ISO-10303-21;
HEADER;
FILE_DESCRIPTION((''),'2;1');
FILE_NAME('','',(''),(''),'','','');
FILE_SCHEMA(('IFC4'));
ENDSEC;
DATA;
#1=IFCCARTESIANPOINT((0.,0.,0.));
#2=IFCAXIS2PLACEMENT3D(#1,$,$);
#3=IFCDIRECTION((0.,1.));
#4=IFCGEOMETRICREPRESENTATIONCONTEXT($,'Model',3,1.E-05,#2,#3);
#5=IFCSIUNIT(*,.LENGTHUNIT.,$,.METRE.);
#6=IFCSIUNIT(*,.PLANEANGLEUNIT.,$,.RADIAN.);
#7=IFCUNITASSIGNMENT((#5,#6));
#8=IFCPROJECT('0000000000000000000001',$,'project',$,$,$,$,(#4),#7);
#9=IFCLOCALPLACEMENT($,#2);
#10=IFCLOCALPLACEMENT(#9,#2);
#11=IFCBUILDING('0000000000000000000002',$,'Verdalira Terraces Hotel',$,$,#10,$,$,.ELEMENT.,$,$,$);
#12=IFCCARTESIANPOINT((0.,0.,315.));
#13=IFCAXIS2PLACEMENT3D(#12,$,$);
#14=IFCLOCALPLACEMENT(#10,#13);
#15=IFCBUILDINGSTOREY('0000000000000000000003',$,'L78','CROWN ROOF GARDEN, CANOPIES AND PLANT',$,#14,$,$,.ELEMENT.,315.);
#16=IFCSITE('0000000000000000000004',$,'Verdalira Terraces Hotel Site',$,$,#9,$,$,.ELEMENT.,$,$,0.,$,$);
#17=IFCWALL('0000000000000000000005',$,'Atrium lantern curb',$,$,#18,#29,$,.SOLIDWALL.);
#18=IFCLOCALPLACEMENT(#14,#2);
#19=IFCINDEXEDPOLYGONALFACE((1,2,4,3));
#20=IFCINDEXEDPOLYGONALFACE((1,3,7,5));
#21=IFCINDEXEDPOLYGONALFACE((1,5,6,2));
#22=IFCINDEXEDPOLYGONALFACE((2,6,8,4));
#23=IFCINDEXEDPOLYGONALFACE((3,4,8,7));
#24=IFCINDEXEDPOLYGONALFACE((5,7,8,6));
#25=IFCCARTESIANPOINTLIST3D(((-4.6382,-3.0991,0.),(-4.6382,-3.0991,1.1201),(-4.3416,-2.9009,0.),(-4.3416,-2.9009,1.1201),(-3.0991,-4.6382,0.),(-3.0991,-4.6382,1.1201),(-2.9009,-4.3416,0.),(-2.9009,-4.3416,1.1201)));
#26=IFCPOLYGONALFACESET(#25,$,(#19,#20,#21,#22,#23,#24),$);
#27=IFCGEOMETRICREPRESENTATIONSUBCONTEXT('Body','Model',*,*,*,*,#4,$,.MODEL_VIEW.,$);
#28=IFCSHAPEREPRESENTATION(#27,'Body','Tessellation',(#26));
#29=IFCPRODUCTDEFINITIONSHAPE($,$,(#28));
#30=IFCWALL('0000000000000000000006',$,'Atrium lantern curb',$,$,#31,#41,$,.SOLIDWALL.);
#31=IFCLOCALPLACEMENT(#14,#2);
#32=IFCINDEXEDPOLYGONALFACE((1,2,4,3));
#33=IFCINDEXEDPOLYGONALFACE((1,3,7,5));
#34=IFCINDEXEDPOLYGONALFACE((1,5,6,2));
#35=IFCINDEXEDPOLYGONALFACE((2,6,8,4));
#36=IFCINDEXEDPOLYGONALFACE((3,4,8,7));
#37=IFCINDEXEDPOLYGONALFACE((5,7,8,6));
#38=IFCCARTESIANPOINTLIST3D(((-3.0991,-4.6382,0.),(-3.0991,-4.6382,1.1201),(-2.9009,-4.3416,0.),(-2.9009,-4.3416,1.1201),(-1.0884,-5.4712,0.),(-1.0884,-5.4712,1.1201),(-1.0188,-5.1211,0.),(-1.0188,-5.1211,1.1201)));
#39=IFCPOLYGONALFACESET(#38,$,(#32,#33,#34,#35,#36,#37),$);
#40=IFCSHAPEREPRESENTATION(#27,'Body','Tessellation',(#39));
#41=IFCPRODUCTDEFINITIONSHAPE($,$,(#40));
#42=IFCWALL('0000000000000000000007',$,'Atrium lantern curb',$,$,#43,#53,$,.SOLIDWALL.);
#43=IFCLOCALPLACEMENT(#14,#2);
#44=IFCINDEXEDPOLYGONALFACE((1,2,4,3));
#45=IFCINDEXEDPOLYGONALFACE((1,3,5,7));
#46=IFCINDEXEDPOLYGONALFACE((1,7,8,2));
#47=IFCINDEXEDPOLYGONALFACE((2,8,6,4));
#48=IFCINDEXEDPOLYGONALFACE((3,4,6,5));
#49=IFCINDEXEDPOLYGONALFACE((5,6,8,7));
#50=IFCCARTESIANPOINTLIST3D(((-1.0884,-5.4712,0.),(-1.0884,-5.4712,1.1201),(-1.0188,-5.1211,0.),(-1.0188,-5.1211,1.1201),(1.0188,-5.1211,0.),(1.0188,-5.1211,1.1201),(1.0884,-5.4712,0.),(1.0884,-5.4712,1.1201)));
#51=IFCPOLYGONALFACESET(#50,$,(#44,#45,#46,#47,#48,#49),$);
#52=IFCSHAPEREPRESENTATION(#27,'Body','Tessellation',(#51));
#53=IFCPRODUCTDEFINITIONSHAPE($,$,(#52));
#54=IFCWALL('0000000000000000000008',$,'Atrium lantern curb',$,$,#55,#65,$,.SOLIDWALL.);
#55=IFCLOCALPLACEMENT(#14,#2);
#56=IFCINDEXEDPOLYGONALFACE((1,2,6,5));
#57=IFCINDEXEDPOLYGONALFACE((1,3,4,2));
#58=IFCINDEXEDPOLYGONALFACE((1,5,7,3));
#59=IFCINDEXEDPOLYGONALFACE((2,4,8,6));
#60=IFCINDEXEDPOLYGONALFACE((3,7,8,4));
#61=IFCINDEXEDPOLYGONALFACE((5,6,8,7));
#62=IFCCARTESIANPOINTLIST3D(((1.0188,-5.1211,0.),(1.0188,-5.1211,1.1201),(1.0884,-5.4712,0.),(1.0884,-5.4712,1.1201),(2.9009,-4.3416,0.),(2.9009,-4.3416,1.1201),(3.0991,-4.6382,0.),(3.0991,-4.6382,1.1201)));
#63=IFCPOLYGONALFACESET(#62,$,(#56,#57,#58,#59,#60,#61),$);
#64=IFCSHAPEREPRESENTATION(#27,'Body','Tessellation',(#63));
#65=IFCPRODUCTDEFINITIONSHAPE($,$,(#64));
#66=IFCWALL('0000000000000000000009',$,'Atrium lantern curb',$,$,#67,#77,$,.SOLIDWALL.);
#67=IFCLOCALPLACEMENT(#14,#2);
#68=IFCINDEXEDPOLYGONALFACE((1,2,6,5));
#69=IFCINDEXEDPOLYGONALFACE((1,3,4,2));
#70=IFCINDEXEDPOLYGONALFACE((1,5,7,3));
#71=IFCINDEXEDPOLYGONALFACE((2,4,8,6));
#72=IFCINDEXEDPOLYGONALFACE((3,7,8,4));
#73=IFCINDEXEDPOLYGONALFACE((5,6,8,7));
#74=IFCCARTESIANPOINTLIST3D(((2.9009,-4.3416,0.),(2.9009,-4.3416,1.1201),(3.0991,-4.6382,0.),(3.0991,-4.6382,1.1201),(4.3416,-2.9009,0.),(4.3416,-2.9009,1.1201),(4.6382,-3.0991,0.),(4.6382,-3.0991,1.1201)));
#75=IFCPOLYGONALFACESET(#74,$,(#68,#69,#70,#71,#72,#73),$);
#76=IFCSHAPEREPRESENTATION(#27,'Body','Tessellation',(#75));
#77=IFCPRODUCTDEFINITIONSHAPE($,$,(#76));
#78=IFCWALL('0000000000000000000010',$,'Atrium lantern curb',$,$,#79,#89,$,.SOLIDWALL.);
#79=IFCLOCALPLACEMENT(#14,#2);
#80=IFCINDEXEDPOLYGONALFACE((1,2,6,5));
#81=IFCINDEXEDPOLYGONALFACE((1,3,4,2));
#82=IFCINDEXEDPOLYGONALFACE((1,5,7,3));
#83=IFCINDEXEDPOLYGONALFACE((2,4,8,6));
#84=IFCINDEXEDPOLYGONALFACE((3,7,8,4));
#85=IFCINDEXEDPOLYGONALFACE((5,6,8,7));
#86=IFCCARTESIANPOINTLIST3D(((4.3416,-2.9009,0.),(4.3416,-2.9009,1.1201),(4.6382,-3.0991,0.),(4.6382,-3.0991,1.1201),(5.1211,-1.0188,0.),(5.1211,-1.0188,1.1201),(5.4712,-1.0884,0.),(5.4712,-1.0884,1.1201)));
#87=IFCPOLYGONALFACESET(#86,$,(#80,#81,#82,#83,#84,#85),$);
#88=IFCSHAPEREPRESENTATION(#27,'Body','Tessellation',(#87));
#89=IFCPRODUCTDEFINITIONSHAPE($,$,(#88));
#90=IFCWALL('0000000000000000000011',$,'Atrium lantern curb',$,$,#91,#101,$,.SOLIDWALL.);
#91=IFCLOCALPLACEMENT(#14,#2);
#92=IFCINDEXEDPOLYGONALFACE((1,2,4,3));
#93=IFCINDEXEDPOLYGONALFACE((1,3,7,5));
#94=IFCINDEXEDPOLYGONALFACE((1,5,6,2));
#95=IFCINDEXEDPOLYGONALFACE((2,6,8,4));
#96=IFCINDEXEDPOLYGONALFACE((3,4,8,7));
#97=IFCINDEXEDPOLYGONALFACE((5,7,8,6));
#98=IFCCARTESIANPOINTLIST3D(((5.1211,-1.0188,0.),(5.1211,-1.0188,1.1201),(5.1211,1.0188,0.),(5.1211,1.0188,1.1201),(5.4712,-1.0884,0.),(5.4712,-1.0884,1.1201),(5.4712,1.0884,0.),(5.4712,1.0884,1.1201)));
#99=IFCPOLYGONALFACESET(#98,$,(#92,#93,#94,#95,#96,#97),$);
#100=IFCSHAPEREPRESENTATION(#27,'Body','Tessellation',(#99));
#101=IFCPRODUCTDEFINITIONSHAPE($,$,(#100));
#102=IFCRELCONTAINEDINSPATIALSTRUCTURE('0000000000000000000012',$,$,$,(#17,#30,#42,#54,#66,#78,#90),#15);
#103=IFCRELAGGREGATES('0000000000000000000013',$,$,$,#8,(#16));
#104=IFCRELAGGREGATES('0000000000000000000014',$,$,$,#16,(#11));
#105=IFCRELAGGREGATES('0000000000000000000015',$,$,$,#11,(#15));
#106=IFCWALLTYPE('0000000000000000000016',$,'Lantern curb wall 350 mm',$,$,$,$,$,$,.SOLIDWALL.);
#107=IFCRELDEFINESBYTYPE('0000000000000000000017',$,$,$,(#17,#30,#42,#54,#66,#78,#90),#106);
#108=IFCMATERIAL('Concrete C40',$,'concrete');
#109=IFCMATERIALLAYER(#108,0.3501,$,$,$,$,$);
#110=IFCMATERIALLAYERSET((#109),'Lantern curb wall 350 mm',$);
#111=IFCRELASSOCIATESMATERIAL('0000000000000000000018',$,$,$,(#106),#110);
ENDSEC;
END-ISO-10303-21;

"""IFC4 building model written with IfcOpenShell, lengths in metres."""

from ifc_helpers import new_model, si_unit, direction, frame, origin, place, context, subcontext, project, spatial, polyline, outline, extrude, material, layer, layer_set, type_object, element, save


model = new_model("IFC4")

# Units and contexts
model_context = context("Model", 3, precision=1e-05, world=origin(), true_north=direction((0.0, 1.0)))
body_context = subcontext(model_context, "Body", "Model", "MODEL_VIEW")
ifc_project = project(units=[si_unit("LENGTHUNIT", "METRE"), si_unit("PLANEANGLEUNIT", "RADIAN")], contexts=[model_context])

# Site, building, storey
site_placement = place(None, origin())
site = spatial("IfcSite", under=ifc_project, at=site_placement, Name="Verdalira Terraces Hotel Site", CompositionType="ELEMENT", RefElevation=0.0)
building_placement = place(site_placement, origin())
building = spatial("IfcBuilding", under=site, at=building_placement, Name="Verdalira Terraces Hotel", CompositionType="ELEMENT")
storey_placement = place(building_placement, frame((0.0, 0.0, 315.0)))
storey = spatial("IfcBuildingStorey", under=building, at=storey_placement, Name="L78", Description="CROWN ROOF GARDEN, CANOPIES AND PLANT", CompositionType="ELEMENT", Elevation=315.0)

# Walls
ifc_material_1 = material(Name="Concrete C40", Category="concrete")
ifc_layer_1 = layer(ifc_material_1, 0.3501)
ifc_layer_set_1 = layer_set([ifc_layer_1], Name="Lantern curb wall 350 mm")
wall_type_1 = type_object("IfcWallType", Name="Lantern curb wall 350 mm", PredefinedType="SOLIDWALL", material=ifc_layer_set_1)
wall_1_placement = place(storey_placement, origin())
element("IfcWall", 1, at=wall_1_placement, inside=storey, type_object=wall_type_1, Name="Atrium lantern curb", PredefinedType="SOLIDWALL", context=body_context, shape_type="SweptSolid", body=[
    extrude(outline(polyline([(-4.6382, -3.0991), (-3.0991, -4.6382), (-2.9009, -4.3416), (-4.3416, -2.9009), (-4.6382, -3.0991)])), origin(), (0.0, 0.0, 1.0), 1.1201),
])
wall_2_placement = place(storey_placement, origin())
element("IfcWall", 2, at=wall_2_placement, inside=storey, type_object=wall_type_1, Name="Atrium lantern curb", PredefinedType="SOLIDWALL", context=body_context, shape_type="SweptSolid", body=[
    extrude(outline(polyline([(-3.0991, -4.6382), (-1.0884, -5.4712), (-1.0188, -5.1211), (-2.9009, -4.3416), (-3.0991, -4.6382)])), origin(), (0.0, 0.0, 1.0), 1.1201),
])
wall_3_placement = place(storey_placement, origin())
element("IfcWall", 3, at=wall_3_placement, inside=storey, type_object=wall_type_1, Name="Atrium lantern curb", PredefinedType="SOLIDWALL", context=body_context, shape_type="SweptSolid", body=[
    extrude(outline(polyline([(-1.0884, -5.4712), (1.0884, -5.4712), (1.0188, -5.1211), (-1.0188, -5.1211), (-1.0884, -5.4712)])), origin(), (0.0, 0.0, 1.0), 1.1201),
])
wall_4_placement = place(storey_placement, origin())
element("IfcWall", 4, at=wall_4_placement, inside=storey, type_object=wall_type_1, Name="Atrium lantern curb", PredefinedType="SOLIDWALL", context=body_context, shape_type="SweptSolid", body=[
    extrude(outline(polyline([(1.0884, -5.4712), (3.0991, -4.6382), (2.9009, -4.3416), (1.0188, -5.1211), (1.0884, -5.4712)])), origin(), (0.0, 0.0, 1.0), 1.1201),
])
wall_5_placement = place(storey_placement, origin())
element("IfcWall", 5, at=wall_5_placement, inside=storey, type_object=wall_type_1, Name="Atrium lantern curb", PredefinedType="SOLIDWALL", context=body_context, shape_type="SweptSolid", body=[
    extrude(outline(polyline([(3.0991, -4.6382), (4.6382, -3.0991), (4.3416, -2.9009), (2.9009, -4.3416), (3.0991, -4.6382)])), origin(), (0.0, 0.0, 1.0), 1.1201),
])
wall_6_placement = place(storey_placement, origin())
element("IfcWall", 6, at=wall_6_placement, inside=storey, type_object=wall_type_1, Name="Atrium lantern curb", PredefinedType="SOLIDWALL", context=body_context, shape_type="SweptSolid", body=[
    extrude(outline(polyline([(4.6382, -3.0991), (5.4712, -1.0884), (5.1211, -1.0188), (4.3416, -2.9009), (4.6382, -3.0991)])), origin(), (0.0, 0.0, 1.0), 1.1201),
])
wall_7_placement = place(storey_placement, origin())
element("IfcWall", 7, at=wall_7_placement, inside=storey, type_object=wall_type_1, Name="Atrium lantern curb", PredefinedType="SOLIDWALL", context=body_context, shape_type="SweptSolid", body=[
    extrude(outline(polyline([(5.4712, -1.0884), (5.4712, 1.0884), (5.1211, 1.0188), (5.1211, -1.0188), (5.4712, -1.0884)])), origin(), (0.0, 0.0, 1.0), 1.1201),
])

save(model, "model.ifc")
